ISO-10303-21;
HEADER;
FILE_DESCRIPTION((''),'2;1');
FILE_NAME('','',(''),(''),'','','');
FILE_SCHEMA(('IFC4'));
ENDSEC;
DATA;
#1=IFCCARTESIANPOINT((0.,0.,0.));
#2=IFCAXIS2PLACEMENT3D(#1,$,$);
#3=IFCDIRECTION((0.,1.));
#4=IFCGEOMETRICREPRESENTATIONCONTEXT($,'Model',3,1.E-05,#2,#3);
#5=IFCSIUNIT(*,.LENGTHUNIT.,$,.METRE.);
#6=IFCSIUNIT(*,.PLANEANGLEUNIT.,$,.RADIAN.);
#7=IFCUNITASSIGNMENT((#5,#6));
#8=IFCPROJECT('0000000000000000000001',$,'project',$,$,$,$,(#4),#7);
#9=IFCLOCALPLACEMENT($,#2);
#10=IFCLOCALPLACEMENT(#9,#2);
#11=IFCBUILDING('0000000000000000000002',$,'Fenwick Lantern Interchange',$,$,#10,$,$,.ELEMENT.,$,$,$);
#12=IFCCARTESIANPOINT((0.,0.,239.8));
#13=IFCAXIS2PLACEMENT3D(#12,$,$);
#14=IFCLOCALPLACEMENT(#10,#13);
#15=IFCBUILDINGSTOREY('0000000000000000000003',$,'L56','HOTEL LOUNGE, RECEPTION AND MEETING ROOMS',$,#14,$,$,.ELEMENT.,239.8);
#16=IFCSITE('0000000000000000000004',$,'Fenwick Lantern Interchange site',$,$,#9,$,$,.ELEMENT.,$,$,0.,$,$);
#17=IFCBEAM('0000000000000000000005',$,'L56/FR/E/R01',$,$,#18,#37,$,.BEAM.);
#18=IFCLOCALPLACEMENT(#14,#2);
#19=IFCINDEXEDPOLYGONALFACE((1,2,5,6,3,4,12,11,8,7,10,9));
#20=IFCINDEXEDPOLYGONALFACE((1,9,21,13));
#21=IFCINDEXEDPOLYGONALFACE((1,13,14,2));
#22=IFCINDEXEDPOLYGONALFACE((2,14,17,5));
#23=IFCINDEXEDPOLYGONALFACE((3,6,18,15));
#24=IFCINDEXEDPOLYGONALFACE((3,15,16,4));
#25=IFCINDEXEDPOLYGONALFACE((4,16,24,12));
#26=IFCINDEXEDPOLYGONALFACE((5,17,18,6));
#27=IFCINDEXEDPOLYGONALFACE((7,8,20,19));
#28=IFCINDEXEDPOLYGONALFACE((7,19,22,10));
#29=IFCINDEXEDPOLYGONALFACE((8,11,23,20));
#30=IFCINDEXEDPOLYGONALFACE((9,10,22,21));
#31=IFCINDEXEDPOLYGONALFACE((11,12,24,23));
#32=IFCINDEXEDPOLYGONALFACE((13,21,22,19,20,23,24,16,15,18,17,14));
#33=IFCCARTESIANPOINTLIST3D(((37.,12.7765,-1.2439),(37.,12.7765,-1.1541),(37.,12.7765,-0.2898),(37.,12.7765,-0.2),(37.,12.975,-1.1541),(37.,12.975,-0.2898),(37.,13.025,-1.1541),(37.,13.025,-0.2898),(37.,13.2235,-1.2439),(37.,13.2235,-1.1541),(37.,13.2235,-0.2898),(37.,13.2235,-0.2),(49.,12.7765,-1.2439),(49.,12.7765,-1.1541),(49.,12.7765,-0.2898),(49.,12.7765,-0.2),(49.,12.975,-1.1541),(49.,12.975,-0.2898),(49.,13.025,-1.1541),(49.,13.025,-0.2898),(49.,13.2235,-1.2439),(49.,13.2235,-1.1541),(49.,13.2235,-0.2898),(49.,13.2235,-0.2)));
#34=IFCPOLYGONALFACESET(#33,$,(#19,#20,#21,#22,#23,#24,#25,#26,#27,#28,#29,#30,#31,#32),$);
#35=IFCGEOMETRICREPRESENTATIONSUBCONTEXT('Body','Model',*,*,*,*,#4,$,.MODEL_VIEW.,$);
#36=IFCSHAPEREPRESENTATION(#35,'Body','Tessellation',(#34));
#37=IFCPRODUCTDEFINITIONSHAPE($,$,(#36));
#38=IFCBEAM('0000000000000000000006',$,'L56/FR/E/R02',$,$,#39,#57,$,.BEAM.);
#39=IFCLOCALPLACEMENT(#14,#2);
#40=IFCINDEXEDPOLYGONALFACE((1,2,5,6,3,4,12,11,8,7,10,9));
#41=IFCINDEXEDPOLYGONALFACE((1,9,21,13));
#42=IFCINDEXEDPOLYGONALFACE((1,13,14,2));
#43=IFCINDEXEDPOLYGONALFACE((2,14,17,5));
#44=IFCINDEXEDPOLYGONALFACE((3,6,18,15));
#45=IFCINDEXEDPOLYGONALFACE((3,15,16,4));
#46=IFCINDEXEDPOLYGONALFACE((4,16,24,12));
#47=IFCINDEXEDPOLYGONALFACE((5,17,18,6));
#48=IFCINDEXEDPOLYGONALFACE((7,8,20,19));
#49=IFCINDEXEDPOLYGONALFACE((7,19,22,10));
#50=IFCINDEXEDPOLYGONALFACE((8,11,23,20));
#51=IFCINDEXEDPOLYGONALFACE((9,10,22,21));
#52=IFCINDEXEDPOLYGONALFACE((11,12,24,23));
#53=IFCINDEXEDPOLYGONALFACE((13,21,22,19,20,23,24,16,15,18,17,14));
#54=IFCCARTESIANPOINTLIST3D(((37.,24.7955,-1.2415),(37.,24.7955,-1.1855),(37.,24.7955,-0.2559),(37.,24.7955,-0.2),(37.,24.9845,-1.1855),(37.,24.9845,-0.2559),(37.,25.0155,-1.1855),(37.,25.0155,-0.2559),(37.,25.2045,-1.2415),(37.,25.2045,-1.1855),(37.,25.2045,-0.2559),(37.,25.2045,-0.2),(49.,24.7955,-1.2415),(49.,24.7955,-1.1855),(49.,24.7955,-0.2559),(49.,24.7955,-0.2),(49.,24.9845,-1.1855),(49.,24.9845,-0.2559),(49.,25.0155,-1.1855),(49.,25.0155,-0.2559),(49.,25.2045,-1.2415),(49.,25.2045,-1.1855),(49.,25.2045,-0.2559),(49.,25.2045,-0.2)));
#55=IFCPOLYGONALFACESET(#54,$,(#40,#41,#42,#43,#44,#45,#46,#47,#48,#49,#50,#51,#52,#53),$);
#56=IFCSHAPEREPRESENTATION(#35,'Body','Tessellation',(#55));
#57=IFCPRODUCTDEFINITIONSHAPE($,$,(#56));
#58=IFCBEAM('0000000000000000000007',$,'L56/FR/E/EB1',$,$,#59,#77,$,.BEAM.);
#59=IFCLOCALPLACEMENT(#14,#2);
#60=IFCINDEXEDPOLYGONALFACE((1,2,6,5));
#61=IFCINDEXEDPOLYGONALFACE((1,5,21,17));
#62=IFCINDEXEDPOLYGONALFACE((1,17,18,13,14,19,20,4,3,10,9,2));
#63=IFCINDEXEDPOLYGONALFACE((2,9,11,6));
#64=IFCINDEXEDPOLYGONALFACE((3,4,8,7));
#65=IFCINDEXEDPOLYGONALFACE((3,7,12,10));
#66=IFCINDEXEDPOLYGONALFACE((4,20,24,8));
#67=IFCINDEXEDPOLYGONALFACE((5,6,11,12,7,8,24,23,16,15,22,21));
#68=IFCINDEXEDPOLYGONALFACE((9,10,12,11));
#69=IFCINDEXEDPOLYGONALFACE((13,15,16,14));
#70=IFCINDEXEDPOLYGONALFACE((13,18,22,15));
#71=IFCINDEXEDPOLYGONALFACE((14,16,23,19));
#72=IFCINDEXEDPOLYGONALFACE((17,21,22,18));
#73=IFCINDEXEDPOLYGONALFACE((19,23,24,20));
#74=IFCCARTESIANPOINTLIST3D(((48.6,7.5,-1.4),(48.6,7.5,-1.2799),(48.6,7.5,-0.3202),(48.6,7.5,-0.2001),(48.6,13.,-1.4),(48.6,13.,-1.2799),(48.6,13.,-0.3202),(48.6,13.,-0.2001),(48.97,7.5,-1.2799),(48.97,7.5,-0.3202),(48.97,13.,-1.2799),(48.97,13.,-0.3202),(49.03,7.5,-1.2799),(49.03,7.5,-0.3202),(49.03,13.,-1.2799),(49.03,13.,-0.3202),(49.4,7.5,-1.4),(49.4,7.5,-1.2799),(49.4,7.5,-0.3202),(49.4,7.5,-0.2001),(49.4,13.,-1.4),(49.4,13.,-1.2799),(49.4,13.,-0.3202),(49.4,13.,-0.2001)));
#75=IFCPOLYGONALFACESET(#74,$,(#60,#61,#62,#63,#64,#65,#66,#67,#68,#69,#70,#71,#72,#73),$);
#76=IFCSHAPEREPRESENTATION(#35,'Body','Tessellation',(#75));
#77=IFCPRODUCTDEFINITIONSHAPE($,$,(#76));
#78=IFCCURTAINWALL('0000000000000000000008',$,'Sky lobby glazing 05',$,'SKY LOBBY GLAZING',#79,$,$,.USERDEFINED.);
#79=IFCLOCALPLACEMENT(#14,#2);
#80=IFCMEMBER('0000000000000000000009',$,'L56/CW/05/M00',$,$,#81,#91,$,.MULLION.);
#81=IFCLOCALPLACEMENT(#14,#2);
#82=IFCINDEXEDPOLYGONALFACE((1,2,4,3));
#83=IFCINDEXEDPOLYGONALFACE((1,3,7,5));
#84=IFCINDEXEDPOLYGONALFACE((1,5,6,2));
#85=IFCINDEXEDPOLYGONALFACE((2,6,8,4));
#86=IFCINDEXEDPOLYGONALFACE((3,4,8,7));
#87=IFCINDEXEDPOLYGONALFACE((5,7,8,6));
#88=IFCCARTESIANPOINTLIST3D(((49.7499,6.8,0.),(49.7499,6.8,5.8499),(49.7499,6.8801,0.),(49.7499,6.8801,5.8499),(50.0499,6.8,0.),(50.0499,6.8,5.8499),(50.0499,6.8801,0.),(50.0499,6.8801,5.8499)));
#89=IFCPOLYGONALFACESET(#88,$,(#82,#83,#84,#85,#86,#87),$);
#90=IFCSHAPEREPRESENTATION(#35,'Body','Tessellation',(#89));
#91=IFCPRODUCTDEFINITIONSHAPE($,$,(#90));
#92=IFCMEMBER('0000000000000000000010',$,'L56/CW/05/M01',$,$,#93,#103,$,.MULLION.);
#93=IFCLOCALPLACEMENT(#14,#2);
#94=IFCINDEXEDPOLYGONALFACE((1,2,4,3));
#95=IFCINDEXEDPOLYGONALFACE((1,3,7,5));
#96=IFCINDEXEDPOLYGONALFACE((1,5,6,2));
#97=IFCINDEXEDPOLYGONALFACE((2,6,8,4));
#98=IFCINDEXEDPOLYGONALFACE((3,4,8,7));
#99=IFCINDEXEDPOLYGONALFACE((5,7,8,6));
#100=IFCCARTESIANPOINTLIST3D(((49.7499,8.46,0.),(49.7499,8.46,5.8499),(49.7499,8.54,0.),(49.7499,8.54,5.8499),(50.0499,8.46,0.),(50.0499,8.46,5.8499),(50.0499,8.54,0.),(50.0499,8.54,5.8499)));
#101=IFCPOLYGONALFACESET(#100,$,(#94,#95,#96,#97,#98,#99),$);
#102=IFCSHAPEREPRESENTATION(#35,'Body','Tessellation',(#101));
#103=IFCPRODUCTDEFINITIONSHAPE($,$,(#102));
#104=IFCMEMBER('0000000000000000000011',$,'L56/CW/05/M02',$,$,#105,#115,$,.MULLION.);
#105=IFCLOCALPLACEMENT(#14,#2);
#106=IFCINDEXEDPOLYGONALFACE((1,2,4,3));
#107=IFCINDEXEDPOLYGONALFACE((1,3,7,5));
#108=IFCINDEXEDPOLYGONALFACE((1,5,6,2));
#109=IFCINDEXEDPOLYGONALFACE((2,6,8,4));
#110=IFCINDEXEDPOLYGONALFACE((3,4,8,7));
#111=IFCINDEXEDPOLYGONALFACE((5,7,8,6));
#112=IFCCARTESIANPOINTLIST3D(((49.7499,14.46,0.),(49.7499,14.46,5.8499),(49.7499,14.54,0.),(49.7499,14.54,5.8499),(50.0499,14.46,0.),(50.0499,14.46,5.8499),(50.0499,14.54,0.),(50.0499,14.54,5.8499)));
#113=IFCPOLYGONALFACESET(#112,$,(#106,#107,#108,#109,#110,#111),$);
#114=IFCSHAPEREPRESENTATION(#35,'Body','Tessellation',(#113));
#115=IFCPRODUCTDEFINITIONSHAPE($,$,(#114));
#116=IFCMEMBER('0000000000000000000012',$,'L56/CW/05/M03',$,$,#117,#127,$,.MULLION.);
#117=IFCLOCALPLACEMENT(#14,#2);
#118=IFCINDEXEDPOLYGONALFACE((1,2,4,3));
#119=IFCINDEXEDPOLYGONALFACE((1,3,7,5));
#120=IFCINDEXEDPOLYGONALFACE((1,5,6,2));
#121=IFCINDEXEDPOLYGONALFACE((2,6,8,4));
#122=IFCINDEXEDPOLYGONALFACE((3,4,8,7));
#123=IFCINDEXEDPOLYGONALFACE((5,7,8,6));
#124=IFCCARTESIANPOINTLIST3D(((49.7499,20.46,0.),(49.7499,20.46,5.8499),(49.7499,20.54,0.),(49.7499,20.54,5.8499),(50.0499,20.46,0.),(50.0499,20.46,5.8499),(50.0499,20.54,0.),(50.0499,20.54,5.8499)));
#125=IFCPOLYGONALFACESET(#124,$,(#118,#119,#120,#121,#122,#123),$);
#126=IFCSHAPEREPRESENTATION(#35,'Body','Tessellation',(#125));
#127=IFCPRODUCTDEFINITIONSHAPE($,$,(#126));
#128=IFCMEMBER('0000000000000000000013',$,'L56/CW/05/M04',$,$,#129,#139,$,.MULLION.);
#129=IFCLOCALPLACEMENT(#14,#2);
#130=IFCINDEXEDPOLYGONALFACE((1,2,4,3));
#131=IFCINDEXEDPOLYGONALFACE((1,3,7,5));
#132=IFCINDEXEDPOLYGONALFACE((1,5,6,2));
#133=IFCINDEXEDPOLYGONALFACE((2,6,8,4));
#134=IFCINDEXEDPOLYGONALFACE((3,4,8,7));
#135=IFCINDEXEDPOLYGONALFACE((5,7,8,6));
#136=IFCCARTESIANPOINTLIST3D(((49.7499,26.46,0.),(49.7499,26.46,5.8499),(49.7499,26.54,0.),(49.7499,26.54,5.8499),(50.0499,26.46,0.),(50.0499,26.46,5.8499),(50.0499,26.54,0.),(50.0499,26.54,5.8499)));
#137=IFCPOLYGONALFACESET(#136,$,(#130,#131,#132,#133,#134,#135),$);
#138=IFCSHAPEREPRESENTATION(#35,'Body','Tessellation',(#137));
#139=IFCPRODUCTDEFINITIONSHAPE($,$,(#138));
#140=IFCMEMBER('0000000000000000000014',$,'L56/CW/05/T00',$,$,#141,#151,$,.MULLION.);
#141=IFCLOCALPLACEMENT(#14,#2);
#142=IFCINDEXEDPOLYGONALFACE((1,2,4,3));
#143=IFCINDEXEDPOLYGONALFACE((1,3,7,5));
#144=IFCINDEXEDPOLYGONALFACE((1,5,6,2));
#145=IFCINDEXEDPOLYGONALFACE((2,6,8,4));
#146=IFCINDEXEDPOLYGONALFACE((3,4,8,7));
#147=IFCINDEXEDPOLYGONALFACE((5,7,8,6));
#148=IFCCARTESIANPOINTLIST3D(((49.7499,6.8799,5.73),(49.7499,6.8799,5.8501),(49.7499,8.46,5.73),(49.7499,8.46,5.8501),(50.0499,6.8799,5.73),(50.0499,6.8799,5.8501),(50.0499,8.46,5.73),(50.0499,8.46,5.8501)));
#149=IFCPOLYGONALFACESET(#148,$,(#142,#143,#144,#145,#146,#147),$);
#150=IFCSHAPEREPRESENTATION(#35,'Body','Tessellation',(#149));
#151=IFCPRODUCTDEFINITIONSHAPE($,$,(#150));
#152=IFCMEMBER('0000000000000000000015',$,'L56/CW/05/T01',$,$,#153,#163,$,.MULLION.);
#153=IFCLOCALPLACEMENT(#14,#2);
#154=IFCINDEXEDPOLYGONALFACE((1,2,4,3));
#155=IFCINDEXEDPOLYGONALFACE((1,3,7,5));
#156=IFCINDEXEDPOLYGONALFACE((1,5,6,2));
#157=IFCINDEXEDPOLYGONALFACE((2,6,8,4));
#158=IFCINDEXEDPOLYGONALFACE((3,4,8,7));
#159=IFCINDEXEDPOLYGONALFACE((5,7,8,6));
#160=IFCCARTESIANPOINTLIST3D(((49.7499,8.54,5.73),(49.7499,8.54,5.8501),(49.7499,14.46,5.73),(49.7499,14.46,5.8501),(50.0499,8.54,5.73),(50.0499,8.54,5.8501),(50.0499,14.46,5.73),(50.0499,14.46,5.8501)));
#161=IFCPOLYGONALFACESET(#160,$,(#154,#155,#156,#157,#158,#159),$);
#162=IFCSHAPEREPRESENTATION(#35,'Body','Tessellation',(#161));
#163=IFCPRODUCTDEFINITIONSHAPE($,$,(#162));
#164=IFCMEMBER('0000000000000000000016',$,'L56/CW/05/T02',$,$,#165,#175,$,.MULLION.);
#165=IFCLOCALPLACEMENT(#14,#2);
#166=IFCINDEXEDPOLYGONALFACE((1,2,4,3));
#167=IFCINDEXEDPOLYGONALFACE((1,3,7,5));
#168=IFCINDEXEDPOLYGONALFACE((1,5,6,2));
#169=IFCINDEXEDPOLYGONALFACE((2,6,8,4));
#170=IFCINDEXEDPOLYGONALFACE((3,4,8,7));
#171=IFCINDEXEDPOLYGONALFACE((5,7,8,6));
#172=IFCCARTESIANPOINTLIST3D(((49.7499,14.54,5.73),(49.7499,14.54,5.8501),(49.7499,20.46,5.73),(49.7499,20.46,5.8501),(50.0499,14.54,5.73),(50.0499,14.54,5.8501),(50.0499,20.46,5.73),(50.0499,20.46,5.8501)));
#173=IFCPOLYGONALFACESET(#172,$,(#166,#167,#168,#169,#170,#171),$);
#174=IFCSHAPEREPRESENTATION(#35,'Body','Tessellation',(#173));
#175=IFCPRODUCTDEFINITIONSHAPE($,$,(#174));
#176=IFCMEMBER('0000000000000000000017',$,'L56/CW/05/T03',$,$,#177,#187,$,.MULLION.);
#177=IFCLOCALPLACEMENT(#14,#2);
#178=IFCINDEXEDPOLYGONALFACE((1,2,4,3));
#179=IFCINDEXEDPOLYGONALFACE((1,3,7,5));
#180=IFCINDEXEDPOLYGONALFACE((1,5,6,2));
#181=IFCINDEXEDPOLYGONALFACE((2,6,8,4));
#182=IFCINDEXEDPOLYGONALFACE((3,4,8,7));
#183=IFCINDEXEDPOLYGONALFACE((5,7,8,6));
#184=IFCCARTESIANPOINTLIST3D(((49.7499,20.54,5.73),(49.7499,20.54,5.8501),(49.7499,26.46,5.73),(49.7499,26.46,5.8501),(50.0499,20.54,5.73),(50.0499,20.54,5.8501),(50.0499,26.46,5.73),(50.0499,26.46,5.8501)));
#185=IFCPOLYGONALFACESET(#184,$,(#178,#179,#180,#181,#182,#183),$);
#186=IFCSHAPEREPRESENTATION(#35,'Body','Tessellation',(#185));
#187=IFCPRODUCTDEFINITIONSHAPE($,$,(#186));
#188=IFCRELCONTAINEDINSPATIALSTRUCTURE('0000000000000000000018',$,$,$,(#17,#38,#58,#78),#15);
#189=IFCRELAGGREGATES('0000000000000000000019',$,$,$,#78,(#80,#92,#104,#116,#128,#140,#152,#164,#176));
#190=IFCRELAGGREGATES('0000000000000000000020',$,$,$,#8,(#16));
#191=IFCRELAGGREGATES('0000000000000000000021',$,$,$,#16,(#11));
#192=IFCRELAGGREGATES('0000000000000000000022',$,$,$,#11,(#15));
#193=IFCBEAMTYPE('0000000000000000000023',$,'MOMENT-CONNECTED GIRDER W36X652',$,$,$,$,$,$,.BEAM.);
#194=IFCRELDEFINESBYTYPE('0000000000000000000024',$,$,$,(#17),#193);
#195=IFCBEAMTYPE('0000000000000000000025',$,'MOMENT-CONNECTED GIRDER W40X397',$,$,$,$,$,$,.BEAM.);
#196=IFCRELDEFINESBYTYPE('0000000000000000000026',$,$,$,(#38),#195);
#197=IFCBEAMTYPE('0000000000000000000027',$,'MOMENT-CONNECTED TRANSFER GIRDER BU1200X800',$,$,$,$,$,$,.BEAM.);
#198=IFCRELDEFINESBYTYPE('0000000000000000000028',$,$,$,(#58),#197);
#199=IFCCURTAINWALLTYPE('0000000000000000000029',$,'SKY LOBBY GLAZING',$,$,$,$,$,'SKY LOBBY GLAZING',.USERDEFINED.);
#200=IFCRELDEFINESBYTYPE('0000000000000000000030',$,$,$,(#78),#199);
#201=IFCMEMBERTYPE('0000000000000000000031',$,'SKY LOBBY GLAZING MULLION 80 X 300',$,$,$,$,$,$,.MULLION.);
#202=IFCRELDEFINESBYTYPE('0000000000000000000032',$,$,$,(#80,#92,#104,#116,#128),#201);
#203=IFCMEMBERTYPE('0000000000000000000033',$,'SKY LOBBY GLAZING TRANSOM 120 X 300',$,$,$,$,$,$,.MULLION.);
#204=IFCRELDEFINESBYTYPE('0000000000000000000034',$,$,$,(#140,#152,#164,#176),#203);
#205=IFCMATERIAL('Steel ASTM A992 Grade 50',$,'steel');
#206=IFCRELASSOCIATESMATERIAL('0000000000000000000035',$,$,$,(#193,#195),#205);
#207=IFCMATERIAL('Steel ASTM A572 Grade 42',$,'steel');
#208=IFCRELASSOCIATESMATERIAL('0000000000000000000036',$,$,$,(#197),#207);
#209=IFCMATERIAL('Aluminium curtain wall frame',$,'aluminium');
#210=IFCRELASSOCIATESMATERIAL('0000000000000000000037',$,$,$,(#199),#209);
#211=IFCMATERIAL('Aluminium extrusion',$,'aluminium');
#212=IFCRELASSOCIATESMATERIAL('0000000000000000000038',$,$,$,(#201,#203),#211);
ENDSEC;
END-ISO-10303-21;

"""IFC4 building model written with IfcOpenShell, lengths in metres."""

from ifc_helpers import new_model, si_unit, direction, frame, origin, origin_2d, place, context, subcontext, project, spatial, rectangle, i_section, extrude, material, material_profile, profile_set, type_object, element, aggregate, save


model = new_model("IFC4")

# Units and contexts
model_context = context("Model", 3, precision=1e-05, world=origin(), true_north=direction((0.0, 1.0)))
body_context = subcontext(model_context, "Body", "Model", "MODEL_VIEW")
ifc_project = project(units=[si_unit("LENGTHUNIT", "METRE"), si_unit("PLANEANGLEUNIT", "RADIAN")], contexts=[model_context])

# Site, building, storey
site_placement = place(None, origin())
site = spatial("IfcSite", under=ifc_project, at=site_placement, Name="Fenwick Lantern Interchange site", CompositionType="ELEMENT", RefElevation=0.0)
building_placement = place(site_placement, origin())
building = spatial("IfcBuilding", under=site, at=building_placement, Name="Fenwick Lantern Interchange", CompositionType="ELEMENT")
storey_placement = place(building_placement, frame((0.0, 0.0, 239.8)))
storey = spatial("IfcBuildingStorey", under=building, at=storey_placement, Name="L56", Description="HOTEL LOUNGE, RECEPTION AND MEETING ROOMS", CompositionType="ELEMENT", Elevation=239.8)

# Shared definitions
ifc_material_1 = material(Name="Steel ASTM A992 Grade 50", Category="steel")

# Beams
ifc_material_profile_1 = material_profile(ifc_material_1, i_section(OverallWidth=0.447, OverallDepth=1.0439, WebThickness=0.05, FlangeThickness=0.0898, at=origin_2d()), Name="W36X652")
ifc_profile_set_1 = profile_set([ifc_material_profile_1], Name="Steel ASTM A992 Grade 50")
beam_type_1 = type_object("IfcBeamType", Name="MOMENT-CONNECTED GIRDER W36X652", PredefinedType="BEAM", material=ifc_profile_set_1)
beam_1_placement = place(storey_placement, frame((49.0, 13.0, -0.7219), z_axis=(-1.0, 0.0, 0.0), x_axis=(0.0, -1.0, 0.0)))
element("IfcBeam", 1, at=beam_1_placement, inside=storey, type_object=beam_type_1, Name="L56/FR/E/R01", PredefinedType="BEAM", context=body_context, shape_type="SweptSolid", body=[
    extrude(i_section(OverallWidth=0.447, OverallDepth=1.0439, WebThickness=0.05, FlangeThickness=0.0898, at=origin_2d()), origin(), (0.0, 0.0, 1.0), 12.0),
])
ifc_material_profile_2 = material_profile(ifc_material_1, i_section(OverallWidth=0.4089, OverallDepth=1.0415, WebThickness=0.031, FlangeThickness=0.0559, at=origin_2d()), Name="W40X397")
ifc_profile_set_2 = profile_set([ifc_material_profile_2], Name="Steel ASTM A992 Grade 50")
beam_type_2 = type_object("IfcBeamType", Name="MOMENT-CONNECTED GIRDER W40X397", PredefinedType="BEAM", material=ifc_profile_set_2)
beam_2_placement = place(storey_placement, frame((49.0, 25.0, -0.7207), z_axis=(-1.0, 0.0, 0.0), x_axis=(0.0, -1.0, 0.0)))
element("IfcBeam", 2, at=beam_2_placement, inside=storey, type_object=beam_type_2, Name="L56/FR/E/R02", PredefinedType="BEAM", context=body_context, shape_type="SweptSolid", body=[
    extrude(i_section(OverallWidth=0.4089, OverallDepth=1.0415, WebThickness=0.031, FlangeThickness=0.0559, at=origin_2d()), origin(), (0.0, 0.0, 1.0), 12.0),
])
ifc_material_2 = material(Name="Steel ASTM A572 Grade 42", Category="steel")
ifc_material_profile_3 = material_profile(ifc_material_2, i_section(OverallWidth=0.8, OverallDepth=1.2, WebThickness=0.0601, FlangeThickness=0.1201, at=origin_2d()), Name="BU1200X800")
ifc_profile_set_3 = profile_set([ifc_material_profile_3], Name="Steel ASTM A572 Grade 42")
beam_type_3 = type_object("IfcBeamType", Name="MOMENT-CONNECTED TRANSFER GIRDER BU1200X800", PredefinedType="BEAM", material=ifc_profile_set_3)
beam_3_placement = place(storey_placement, frame((49.0, 7.5, -0.8), z_axis=(0.0, 1.0, 0.0), x_axis=(-1.0, 0.0, 0.0)))
element("IfcBeam", 3, at=beam_3_placement, inside=storey, type_object=beam_type_3, Name="L56/FR/E/EB1", PredefinedType="BEAM", context=body_context, shape_type="SweptSolid", body=[
    extrude(i_section(OverallWidth=0.8, OverallDepth=1.2, WebThickness=0.0601, FlangeThickness=0.1201, at=origin_2d()), origin(), (0.0, 0.0, 1.0), 5.5),
])

# Curtain wall, members
ifc_material_3 = material(Name="Aluminium curtain wall frame", Category="aluminium")
curtain_wall_type = type_object("IfcCurtainWallType", Name="SKY LOBBY GLAZING", ElementType="SKY LOBBY GLAZING", PredefinedType="USERDEFINED", material=ifc_material_3)
curtain_wall_placement = place(storey_placement, origin())
curtain_wall = element("IfcCurtainWall", 4, at=curtain_wall_placement, inside=storey, type_object=curtain_wall_type, Name="Sky lobby glazing 05", ObjectType="SKY LOBBY GLAZING", PredefinedType="USERDEFINED")
ifc_material_4 = material(Name="Aluminium extrusion", Category="aluminium")
ifc_material_profile_4 = material_profile(ifc_material_4, rectangle(XDim=0.3, YDim=0.0801, at=origin_2d()), Name="SKY LOBBY GLAZING MULLION 80 X 300")
ifc_profile_set_4 = profile_set([ifc_material_profile_4], Name="Aluminium extrusion")
member_type_1 = type_object("IfcMemberType", Name="SKY LOBBY GLAZING MULLION 80 X 300", PredefinedType="MULLION", material=ifc_profile_set_4)
member_1_placement = place(storey_placement, frame((49.8999, 6.8401, 0.0), z_axis=(0.0, 0.0, 1.0), x_axis=(-1.0, 0.0, 0.0)))
member_1 = element("IfcMember", 5, at=member_1_placement, type_object=member_type_1, Name="L56/CW/05/M00", PredefinedType="MULLION", context=body_context, shape_type="SweptSolid", body=[
    extrude(rectangle(XDim=0.3, YDim=0.0801, at=origin_2d()), origin(), (0.0, 0.0, 1.0), 5.8499),
])
member_2_placement = place(storey_placement, frame((49.8999, 8.5, 0.0), z_axis=(0.0, 0.0, 1.0), x_axis=(-1.0, 0.0, 0.0)))
member_2 = element("IfcMember", 6, at=member_2_placement, type_object=member_type_1, Name="L56/CW/05/M01", PredefinedType="MULLION", context=body_context, shape_type="SweptSolid", body=[
    extrude(rectangle(XDim=0.3, YDim=0.0801, at=origin_2d()), origin(), (0.0, 0.0, 1.0), 5.8499),
])
member_3_placement = place(storey_placement, frame((49.8999, 14.5, 0.0), z_axis=(0.0, 0.0, 1.0), x_axis=(-1.0, 0.0, 0.0)))
member_3 = element("IfcMember", 7, at=member_3_placement, type_object=member_type_1, Name="L56/CW/05/M02", PredefinedType="MULLION", context=body_context, shape_type="SweptSolid", body=[
    extrude(rectangle(XDim=0.3, YDim=0.0801, at=origin_2d()), origin(), (0.0, 0.0, 1.0), 5.8499),
])
member_4_placement = place(storey_placement, frame((49.8999, 20.5, 0.0), z_axis=(0.0, 0.0, 1.0), x_axis=(-1.0, 0.0, 0.0)))
member_4 = element("IfcMember", 8, at=member_4_placement, type_object=member_type_1, Name="L56/CW/05/M03", PredefinedType="MULLION", context=body_context, shape_type="SweptSolid", body=[
    extrude(rectangle(XDim=0.3, YDim=0.0801, at=origin_2d()), origin(), (0.0, 0.0, 1.0), 5.8499),
])
member_5_placement = place(storey_placement, frame((49.8999, 26.5, 0.0), z_axis=(0.0, 0.0, 1.0), x_axis=(-1.0, 0.0, 0.0)))
member_5 = element("IfcMember", 9, at=member_5_placement, type_object=member_type_1, Name="L56/CW/05/M04", PredefinedType="MULLION", context=body_context, shape_type="SweptSolid", body=[
    extrude(rectangle(XDim=0.3, YDim=0.0801, at=origin_2d()), origin(), (0.0, 0.0, 1.0), 5.8499),
])
ifc_material_profile_5 = material_profile(ifc_material_4, rectangle(XDim=0.3, YDim=0.1201, at=origin_2d()), Name="SKY LOBBY GLAZING TRANSOM 120 X 300")
ifc_profile_set_5 = profile_set([ifc_material_profile_5], Name="Aluminium extrusion")
member_type_2 = type_object("IfcMemberType", Name="SKY LOBBY GLAZING TRANSOM 120 X 300", PredefinedType="MULLION", material=ifc_profile_set_5)
member_6_placement = place(storey_placement, frame((49.8999, 6.8799, 5.79), z_axis=(0.0, 1.0, 0.0), x_axis=(-1.0, 0.0, 0.0)))
member_6 = element("IfcMember", 10, at=member_6_placement, type_object=member_type_2, Name="L56/CW/05/T00", PredefinedType="MULLION", context=body_context, shape_type="SweptSolid", body=[
    extrude(rectangle(XDim=0.3, YDim=0.1201, at=origin_2d()), origin(), (0.0, 0.0, 1.0), 1.5801),
])
member_7_placement = place(storey_placement, frame((49.8999, 8.54, 5.79), z_axis=(0.0, 1.0, 0.0), x_axis=(-1.0, 0.0, 0.0)))
member_7 = element("IfcMember", 11, at=member_7_placement, type_object=member_type_2, Name="L56/CW/05/T01", PredefinedType="MULLION", context=body_context, shape_type="SweptSolid", body=[
    extrude(rectangle(XDim=0.3, YDim=0.1201, at=origin_2d()), origin(), (0.0, 0.0, 1.0), 5.9199),
])
member_8_placement = place(storey_placement, frame((49.8999, 14.54, 5.79), z_axis=(0.0, 1.0, 0.0), x_axis=(-1.0, 0.0, 0.0)))
member_8 = element("IfcMember", 12, at=member_8_placement, type_object=member_type_2, Name="L56/CW/05/T02", PredefinedType="MULLION", context=body_context, shape_type="SweptSolid", body=[
    extrude(rectangle(XDim=0.3, YDim=0.1201, at=origin_2d()), origin(), (0.0, 0.0, 1.0), 5.9199),
])
member_9_placement = place(storey_placement, frame((49.8999, 20.54, 5.79), z_axis=(0.0, 1.0, 0.0), x_axis=(-1.0, 0.0, 0.0)))
member_9 = element("IfcMember", 13, at=member_9_placement, type_object=member_type_2, Name="L56/CW/05/T03", PredefinedType="MULLION", context=body_context, shape_type="SweptSolid", body=[
    extrude(rectangle(XDim=0.3, YDim=0.1201, at=origin_2d()), origin(), (0.0, 0.0, 1.0), 5.9199),
])

aggregate(curtain_wall, [member_1, member_2, member_3, member_4, member_5, member_6, member_7, member_8, member_9])

save(model, "model.ifc")
